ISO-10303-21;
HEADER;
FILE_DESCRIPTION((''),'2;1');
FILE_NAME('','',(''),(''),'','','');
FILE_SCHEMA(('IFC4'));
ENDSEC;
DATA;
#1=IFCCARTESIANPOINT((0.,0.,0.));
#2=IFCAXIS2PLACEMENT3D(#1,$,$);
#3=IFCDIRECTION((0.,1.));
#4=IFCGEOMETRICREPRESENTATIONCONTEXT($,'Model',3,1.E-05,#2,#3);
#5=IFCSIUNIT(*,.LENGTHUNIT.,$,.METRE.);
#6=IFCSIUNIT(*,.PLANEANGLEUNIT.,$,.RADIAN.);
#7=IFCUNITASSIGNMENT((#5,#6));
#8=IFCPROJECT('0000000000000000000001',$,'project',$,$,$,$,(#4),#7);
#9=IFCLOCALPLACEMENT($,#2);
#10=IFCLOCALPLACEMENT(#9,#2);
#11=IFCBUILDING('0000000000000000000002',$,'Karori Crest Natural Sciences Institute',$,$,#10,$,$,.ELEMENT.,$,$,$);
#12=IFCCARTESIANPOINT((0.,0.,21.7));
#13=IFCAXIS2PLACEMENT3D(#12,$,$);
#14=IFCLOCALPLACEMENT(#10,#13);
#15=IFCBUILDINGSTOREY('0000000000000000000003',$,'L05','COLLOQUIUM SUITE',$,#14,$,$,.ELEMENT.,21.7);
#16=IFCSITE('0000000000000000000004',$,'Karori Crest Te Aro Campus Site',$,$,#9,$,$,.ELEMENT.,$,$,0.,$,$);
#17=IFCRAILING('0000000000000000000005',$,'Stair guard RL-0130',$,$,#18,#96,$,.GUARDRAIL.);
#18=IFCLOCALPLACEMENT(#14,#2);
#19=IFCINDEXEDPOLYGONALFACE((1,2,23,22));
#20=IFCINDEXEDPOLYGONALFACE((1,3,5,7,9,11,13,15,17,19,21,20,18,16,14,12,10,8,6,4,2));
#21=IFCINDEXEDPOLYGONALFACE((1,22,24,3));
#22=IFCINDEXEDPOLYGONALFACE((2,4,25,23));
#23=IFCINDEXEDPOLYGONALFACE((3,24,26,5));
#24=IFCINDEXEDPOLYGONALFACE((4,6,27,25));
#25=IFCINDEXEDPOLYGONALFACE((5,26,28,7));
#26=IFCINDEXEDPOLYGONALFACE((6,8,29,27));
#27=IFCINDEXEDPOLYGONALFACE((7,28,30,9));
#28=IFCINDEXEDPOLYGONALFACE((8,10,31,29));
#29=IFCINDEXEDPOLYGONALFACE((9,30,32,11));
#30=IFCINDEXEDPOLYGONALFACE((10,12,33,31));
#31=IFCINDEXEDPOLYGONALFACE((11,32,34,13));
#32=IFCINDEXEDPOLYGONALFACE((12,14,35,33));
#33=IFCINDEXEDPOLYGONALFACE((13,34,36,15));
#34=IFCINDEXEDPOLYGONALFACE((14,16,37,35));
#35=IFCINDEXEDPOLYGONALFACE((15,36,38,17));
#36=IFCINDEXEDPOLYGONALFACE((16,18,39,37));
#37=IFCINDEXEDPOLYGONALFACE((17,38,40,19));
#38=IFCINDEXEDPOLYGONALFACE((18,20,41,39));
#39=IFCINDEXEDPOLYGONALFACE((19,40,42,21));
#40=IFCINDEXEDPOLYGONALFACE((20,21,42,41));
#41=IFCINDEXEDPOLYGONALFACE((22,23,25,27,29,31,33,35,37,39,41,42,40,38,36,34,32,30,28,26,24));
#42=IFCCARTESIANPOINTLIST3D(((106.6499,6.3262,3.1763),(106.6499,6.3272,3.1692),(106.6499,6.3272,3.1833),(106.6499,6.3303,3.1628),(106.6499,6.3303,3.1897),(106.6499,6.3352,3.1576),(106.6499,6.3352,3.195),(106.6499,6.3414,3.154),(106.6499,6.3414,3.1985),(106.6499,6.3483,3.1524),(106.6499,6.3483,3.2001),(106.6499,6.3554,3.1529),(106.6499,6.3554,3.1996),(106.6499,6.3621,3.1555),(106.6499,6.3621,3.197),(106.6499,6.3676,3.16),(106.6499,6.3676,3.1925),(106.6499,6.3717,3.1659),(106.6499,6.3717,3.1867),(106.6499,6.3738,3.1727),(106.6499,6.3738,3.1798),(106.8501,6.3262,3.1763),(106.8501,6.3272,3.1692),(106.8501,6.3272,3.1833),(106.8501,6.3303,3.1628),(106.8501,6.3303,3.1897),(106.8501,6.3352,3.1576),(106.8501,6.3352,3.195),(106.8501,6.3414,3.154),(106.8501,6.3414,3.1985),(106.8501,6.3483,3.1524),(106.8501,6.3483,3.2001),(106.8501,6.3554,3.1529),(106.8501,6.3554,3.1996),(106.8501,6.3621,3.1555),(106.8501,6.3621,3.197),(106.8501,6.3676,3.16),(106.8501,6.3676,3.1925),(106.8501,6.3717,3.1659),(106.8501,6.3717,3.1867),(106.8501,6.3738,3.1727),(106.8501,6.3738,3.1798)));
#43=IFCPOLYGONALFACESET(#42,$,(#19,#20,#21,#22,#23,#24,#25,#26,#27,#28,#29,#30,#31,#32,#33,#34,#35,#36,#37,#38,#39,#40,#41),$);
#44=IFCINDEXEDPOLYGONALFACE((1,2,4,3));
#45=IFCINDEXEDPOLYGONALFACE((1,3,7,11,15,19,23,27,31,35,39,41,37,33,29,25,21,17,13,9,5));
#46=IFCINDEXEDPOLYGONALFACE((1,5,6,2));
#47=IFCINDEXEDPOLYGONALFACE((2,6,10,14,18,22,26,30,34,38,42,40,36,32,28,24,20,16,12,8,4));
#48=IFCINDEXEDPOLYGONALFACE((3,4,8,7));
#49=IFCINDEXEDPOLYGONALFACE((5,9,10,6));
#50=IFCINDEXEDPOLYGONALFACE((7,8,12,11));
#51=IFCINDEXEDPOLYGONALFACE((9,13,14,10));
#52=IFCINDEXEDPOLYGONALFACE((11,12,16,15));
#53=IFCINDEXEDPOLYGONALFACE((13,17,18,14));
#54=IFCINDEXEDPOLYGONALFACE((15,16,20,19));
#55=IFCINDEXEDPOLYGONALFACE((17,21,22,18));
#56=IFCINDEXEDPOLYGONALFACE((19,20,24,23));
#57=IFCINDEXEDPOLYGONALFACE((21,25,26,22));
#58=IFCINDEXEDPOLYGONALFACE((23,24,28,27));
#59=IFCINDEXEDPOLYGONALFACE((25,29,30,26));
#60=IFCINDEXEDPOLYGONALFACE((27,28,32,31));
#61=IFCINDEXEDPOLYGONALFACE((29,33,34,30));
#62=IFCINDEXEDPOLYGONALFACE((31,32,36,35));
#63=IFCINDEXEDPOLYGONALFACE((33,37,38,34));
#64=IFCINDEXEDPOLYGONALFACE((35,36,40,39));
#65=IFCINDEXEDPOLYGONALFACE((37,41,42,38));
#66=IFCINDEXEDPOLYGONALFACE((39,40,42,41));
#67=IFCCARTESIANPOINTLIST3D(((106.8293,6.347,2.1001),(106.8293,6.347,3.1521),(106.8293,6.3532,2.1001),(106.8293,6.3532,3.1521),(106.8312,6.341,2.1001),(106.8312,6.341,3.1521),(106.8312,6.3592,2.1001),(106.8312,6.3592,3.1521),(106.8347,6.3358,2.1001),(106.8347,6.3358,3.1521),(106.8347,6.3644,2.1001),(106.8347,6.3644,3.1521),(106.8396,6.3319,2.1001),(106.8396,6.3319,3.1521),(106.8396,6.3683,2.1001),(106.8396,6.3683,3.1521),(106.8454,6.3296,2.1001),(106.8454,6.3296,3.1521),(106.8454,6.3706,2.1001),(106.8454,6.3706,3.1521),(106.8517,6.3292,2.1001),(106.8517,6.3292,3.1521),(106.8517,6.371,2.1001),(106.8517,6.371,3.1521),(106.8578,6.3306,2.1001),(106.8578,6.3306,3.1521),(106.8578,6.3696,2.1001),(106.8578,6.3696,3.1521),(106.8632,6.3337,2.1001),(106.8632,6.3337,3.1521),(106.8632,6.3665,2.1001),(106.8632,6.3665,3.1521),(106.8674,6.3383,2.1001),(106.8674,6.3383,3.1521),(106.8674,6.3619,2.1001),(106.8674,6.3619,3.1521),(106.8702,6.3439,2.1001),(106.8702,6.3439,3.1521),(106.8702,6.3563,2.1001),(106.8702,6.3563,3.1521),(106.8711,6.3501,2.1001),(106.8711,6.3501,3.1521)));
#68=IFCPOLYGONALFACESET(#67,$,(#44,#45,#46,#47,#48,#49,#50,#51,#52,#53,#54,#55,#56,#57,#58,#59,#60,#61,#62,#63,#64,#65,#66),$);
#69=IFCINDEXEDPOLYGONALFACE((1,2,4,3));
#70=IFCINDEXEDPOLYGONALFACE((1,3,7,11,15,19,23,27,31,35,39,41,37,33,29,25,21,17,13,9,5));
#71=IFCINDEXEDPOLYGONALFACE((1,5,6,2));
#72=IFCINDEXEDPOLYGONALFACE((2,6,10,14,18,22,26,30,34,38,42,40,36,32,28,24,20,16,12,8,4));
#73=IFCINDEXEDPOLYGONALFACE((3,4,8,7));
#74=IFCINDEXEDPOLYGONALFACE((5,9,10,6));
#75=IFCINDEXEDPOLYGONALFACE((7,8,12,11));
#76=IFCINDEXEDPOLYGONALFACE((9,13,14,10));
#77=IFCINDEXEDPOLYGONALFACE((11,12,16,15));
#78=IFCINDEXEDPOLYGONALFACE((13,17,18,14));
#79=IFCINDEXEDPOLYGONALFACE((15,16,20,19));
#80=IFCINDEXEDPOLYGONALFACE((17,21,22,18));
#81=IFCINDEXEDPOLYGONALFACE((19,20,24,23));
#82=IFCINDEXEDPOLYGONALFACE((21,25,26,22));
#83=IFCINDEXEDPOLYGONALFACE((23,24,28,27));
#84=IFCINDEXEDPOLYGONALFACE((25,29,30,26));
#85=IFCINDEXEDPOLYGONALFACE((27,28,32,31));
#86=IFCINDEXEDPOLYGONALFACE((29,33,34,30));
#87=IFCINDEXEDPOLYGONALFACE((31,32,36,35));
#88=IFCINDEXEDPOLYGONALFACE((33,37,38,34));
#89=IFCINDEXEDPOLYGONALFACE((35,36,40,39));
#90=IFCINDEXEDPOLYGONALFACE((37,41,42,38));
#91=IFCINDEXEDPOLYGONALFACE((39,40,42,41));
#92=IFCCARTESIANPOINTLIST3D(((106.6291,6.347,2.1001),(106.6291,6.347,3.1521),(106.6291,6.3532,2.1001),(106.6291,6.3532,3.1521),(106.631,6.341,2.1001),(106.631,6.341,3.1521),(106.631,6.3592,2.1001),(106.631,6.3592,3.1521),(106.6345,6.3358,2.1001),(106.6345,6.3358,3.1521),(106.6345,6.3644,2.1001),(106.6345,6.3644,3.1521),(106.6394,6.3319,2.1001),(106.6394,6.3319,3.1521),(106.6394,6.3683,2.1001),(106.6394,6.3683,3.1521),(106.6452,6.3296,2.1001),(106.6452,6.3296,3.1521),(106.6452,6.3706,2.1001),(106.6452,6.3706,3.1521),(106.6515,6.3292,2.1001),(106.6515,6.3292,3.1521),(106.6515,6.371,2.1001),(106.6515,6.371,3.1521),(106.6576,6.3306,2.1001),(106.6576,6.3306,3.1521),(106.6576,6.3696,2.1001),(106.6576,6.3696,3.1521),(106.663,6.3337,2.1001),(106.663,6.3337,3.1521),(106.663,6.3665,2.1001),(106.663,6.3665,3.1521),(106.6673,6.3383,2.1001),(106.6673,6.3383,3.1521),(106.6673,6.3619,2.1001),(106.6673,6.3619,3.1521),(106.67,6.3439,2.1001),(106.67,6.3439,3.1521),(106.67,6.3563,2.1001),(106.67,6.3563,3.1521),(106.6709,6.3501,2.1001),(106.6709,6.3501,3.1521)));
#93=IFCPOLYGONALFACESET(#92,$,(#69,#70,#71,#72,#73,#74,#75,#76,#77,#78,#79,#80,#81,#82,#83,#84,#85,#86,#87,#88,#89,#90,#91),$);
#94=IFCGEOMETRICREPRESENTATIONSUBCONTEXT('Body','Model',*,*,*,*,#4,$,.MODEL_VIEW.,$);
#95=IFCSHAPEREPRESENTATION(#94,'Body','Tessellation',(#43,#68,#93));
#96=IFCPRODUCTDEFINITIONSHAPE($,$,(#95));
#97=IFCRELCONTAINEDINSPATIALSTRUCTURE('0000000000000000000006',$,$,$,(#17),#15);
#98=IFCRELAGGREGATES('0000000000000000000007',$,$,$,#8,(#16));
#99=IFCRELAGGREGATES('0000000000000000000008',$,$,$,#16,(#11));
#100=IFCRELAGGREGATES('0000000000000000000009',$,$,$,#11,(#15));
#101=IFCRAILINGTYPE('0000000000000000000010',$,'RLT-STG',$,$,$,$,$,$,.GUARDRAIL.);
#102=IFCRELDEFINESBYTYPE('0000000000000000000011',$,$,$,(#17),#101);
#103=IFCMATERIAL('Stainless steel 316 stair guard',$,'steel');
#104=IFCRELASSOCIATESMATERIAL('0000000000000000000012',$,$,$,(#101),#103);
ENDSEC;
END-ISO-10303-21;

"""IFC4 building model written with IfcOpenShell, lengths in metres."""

from ifc_helpers import new_model, si_unit, direction, frame, origin, origin_2d, place, context, subcontext, project, spatial, circle, extrude, material, type_object, element, save


model = new_model("IFC4")

# Units and contexts
model_context = context("Model", 3, precision=1e-05, world=origin(), true_north=direction((0.0, 1.0)))
body_context = subcontext(model_context, "Body", "Model", "MODEL_VIEW")
ifc_project = project(units=[si_unit("LENGTHUNIT", "METRE"), si_unit("PLANEANGLEUNIT", "RADIAN")], contexts=[model_context])

# Site, building, storey
site_placement = place(None, origin())
site = spatial("IfcSite", under=ifc_project, at=site_placement, Name="Karori Crest Te Aro Campus Site", CompositionType="ELEMENT", RefElevation=0.0)
building_placement = place(site_placement, origin())
building = spatial("IfcBuilding", under=site, at=building_placement, Name="Karori Crest Natural Sciences Institute", CompositionType="ELEMENT")
storey_placement = place(building_placement, frame((0.0, 0.0, 21.7)))
storey = spatial("IfcBuildingStorey", under=building, at=storey_placement, Name="L05", Description="COLLOQUIUM SUITE", CompositionType="ELEMENT", Elevation=21.7)

# Railing
ifc_material_1 = material(Name="Stainless steel 316 stair guard", Category="steel")
railing_type_1 = type_object("IfcRailingType", Name="RLT-STG", PredefinedType="GUARDRAIL", material=ifc_material_1)
railing_1_placement = place(storey_placement, frame((106.8501, 6.3501, 2.1001)))
element("IfcRailing", 1, at=railing_1_placement, inside=storey, type_object=railing_type_1, Name="Stair guard RL-0130", PredefinedType="GUARDRAIL", context=body_context, shape_type="SweptSolid", body=[
    extrude(circle(Radius=0.0239, at=origin_2d()), frame((0.0, 0.0, 1.0762), z_axis=(-1.0, 0.0, 0.0), x_axis=(0.0, -1.0, 0.0)), (0.0, 0.0, 1.0), 0.2002),
    extrude(circle(Radius=0.021, at=origin_2d()), origin(), (0.0, 0.0, 1.0), 1.052),
    extrude(circle(Radius=0.021, at=origin_2d()), frame((-0.2002, 0.0, 0.0)), (0.0, 0.0, 1.0), 1.052),
])

save(model, "model.ifc")
